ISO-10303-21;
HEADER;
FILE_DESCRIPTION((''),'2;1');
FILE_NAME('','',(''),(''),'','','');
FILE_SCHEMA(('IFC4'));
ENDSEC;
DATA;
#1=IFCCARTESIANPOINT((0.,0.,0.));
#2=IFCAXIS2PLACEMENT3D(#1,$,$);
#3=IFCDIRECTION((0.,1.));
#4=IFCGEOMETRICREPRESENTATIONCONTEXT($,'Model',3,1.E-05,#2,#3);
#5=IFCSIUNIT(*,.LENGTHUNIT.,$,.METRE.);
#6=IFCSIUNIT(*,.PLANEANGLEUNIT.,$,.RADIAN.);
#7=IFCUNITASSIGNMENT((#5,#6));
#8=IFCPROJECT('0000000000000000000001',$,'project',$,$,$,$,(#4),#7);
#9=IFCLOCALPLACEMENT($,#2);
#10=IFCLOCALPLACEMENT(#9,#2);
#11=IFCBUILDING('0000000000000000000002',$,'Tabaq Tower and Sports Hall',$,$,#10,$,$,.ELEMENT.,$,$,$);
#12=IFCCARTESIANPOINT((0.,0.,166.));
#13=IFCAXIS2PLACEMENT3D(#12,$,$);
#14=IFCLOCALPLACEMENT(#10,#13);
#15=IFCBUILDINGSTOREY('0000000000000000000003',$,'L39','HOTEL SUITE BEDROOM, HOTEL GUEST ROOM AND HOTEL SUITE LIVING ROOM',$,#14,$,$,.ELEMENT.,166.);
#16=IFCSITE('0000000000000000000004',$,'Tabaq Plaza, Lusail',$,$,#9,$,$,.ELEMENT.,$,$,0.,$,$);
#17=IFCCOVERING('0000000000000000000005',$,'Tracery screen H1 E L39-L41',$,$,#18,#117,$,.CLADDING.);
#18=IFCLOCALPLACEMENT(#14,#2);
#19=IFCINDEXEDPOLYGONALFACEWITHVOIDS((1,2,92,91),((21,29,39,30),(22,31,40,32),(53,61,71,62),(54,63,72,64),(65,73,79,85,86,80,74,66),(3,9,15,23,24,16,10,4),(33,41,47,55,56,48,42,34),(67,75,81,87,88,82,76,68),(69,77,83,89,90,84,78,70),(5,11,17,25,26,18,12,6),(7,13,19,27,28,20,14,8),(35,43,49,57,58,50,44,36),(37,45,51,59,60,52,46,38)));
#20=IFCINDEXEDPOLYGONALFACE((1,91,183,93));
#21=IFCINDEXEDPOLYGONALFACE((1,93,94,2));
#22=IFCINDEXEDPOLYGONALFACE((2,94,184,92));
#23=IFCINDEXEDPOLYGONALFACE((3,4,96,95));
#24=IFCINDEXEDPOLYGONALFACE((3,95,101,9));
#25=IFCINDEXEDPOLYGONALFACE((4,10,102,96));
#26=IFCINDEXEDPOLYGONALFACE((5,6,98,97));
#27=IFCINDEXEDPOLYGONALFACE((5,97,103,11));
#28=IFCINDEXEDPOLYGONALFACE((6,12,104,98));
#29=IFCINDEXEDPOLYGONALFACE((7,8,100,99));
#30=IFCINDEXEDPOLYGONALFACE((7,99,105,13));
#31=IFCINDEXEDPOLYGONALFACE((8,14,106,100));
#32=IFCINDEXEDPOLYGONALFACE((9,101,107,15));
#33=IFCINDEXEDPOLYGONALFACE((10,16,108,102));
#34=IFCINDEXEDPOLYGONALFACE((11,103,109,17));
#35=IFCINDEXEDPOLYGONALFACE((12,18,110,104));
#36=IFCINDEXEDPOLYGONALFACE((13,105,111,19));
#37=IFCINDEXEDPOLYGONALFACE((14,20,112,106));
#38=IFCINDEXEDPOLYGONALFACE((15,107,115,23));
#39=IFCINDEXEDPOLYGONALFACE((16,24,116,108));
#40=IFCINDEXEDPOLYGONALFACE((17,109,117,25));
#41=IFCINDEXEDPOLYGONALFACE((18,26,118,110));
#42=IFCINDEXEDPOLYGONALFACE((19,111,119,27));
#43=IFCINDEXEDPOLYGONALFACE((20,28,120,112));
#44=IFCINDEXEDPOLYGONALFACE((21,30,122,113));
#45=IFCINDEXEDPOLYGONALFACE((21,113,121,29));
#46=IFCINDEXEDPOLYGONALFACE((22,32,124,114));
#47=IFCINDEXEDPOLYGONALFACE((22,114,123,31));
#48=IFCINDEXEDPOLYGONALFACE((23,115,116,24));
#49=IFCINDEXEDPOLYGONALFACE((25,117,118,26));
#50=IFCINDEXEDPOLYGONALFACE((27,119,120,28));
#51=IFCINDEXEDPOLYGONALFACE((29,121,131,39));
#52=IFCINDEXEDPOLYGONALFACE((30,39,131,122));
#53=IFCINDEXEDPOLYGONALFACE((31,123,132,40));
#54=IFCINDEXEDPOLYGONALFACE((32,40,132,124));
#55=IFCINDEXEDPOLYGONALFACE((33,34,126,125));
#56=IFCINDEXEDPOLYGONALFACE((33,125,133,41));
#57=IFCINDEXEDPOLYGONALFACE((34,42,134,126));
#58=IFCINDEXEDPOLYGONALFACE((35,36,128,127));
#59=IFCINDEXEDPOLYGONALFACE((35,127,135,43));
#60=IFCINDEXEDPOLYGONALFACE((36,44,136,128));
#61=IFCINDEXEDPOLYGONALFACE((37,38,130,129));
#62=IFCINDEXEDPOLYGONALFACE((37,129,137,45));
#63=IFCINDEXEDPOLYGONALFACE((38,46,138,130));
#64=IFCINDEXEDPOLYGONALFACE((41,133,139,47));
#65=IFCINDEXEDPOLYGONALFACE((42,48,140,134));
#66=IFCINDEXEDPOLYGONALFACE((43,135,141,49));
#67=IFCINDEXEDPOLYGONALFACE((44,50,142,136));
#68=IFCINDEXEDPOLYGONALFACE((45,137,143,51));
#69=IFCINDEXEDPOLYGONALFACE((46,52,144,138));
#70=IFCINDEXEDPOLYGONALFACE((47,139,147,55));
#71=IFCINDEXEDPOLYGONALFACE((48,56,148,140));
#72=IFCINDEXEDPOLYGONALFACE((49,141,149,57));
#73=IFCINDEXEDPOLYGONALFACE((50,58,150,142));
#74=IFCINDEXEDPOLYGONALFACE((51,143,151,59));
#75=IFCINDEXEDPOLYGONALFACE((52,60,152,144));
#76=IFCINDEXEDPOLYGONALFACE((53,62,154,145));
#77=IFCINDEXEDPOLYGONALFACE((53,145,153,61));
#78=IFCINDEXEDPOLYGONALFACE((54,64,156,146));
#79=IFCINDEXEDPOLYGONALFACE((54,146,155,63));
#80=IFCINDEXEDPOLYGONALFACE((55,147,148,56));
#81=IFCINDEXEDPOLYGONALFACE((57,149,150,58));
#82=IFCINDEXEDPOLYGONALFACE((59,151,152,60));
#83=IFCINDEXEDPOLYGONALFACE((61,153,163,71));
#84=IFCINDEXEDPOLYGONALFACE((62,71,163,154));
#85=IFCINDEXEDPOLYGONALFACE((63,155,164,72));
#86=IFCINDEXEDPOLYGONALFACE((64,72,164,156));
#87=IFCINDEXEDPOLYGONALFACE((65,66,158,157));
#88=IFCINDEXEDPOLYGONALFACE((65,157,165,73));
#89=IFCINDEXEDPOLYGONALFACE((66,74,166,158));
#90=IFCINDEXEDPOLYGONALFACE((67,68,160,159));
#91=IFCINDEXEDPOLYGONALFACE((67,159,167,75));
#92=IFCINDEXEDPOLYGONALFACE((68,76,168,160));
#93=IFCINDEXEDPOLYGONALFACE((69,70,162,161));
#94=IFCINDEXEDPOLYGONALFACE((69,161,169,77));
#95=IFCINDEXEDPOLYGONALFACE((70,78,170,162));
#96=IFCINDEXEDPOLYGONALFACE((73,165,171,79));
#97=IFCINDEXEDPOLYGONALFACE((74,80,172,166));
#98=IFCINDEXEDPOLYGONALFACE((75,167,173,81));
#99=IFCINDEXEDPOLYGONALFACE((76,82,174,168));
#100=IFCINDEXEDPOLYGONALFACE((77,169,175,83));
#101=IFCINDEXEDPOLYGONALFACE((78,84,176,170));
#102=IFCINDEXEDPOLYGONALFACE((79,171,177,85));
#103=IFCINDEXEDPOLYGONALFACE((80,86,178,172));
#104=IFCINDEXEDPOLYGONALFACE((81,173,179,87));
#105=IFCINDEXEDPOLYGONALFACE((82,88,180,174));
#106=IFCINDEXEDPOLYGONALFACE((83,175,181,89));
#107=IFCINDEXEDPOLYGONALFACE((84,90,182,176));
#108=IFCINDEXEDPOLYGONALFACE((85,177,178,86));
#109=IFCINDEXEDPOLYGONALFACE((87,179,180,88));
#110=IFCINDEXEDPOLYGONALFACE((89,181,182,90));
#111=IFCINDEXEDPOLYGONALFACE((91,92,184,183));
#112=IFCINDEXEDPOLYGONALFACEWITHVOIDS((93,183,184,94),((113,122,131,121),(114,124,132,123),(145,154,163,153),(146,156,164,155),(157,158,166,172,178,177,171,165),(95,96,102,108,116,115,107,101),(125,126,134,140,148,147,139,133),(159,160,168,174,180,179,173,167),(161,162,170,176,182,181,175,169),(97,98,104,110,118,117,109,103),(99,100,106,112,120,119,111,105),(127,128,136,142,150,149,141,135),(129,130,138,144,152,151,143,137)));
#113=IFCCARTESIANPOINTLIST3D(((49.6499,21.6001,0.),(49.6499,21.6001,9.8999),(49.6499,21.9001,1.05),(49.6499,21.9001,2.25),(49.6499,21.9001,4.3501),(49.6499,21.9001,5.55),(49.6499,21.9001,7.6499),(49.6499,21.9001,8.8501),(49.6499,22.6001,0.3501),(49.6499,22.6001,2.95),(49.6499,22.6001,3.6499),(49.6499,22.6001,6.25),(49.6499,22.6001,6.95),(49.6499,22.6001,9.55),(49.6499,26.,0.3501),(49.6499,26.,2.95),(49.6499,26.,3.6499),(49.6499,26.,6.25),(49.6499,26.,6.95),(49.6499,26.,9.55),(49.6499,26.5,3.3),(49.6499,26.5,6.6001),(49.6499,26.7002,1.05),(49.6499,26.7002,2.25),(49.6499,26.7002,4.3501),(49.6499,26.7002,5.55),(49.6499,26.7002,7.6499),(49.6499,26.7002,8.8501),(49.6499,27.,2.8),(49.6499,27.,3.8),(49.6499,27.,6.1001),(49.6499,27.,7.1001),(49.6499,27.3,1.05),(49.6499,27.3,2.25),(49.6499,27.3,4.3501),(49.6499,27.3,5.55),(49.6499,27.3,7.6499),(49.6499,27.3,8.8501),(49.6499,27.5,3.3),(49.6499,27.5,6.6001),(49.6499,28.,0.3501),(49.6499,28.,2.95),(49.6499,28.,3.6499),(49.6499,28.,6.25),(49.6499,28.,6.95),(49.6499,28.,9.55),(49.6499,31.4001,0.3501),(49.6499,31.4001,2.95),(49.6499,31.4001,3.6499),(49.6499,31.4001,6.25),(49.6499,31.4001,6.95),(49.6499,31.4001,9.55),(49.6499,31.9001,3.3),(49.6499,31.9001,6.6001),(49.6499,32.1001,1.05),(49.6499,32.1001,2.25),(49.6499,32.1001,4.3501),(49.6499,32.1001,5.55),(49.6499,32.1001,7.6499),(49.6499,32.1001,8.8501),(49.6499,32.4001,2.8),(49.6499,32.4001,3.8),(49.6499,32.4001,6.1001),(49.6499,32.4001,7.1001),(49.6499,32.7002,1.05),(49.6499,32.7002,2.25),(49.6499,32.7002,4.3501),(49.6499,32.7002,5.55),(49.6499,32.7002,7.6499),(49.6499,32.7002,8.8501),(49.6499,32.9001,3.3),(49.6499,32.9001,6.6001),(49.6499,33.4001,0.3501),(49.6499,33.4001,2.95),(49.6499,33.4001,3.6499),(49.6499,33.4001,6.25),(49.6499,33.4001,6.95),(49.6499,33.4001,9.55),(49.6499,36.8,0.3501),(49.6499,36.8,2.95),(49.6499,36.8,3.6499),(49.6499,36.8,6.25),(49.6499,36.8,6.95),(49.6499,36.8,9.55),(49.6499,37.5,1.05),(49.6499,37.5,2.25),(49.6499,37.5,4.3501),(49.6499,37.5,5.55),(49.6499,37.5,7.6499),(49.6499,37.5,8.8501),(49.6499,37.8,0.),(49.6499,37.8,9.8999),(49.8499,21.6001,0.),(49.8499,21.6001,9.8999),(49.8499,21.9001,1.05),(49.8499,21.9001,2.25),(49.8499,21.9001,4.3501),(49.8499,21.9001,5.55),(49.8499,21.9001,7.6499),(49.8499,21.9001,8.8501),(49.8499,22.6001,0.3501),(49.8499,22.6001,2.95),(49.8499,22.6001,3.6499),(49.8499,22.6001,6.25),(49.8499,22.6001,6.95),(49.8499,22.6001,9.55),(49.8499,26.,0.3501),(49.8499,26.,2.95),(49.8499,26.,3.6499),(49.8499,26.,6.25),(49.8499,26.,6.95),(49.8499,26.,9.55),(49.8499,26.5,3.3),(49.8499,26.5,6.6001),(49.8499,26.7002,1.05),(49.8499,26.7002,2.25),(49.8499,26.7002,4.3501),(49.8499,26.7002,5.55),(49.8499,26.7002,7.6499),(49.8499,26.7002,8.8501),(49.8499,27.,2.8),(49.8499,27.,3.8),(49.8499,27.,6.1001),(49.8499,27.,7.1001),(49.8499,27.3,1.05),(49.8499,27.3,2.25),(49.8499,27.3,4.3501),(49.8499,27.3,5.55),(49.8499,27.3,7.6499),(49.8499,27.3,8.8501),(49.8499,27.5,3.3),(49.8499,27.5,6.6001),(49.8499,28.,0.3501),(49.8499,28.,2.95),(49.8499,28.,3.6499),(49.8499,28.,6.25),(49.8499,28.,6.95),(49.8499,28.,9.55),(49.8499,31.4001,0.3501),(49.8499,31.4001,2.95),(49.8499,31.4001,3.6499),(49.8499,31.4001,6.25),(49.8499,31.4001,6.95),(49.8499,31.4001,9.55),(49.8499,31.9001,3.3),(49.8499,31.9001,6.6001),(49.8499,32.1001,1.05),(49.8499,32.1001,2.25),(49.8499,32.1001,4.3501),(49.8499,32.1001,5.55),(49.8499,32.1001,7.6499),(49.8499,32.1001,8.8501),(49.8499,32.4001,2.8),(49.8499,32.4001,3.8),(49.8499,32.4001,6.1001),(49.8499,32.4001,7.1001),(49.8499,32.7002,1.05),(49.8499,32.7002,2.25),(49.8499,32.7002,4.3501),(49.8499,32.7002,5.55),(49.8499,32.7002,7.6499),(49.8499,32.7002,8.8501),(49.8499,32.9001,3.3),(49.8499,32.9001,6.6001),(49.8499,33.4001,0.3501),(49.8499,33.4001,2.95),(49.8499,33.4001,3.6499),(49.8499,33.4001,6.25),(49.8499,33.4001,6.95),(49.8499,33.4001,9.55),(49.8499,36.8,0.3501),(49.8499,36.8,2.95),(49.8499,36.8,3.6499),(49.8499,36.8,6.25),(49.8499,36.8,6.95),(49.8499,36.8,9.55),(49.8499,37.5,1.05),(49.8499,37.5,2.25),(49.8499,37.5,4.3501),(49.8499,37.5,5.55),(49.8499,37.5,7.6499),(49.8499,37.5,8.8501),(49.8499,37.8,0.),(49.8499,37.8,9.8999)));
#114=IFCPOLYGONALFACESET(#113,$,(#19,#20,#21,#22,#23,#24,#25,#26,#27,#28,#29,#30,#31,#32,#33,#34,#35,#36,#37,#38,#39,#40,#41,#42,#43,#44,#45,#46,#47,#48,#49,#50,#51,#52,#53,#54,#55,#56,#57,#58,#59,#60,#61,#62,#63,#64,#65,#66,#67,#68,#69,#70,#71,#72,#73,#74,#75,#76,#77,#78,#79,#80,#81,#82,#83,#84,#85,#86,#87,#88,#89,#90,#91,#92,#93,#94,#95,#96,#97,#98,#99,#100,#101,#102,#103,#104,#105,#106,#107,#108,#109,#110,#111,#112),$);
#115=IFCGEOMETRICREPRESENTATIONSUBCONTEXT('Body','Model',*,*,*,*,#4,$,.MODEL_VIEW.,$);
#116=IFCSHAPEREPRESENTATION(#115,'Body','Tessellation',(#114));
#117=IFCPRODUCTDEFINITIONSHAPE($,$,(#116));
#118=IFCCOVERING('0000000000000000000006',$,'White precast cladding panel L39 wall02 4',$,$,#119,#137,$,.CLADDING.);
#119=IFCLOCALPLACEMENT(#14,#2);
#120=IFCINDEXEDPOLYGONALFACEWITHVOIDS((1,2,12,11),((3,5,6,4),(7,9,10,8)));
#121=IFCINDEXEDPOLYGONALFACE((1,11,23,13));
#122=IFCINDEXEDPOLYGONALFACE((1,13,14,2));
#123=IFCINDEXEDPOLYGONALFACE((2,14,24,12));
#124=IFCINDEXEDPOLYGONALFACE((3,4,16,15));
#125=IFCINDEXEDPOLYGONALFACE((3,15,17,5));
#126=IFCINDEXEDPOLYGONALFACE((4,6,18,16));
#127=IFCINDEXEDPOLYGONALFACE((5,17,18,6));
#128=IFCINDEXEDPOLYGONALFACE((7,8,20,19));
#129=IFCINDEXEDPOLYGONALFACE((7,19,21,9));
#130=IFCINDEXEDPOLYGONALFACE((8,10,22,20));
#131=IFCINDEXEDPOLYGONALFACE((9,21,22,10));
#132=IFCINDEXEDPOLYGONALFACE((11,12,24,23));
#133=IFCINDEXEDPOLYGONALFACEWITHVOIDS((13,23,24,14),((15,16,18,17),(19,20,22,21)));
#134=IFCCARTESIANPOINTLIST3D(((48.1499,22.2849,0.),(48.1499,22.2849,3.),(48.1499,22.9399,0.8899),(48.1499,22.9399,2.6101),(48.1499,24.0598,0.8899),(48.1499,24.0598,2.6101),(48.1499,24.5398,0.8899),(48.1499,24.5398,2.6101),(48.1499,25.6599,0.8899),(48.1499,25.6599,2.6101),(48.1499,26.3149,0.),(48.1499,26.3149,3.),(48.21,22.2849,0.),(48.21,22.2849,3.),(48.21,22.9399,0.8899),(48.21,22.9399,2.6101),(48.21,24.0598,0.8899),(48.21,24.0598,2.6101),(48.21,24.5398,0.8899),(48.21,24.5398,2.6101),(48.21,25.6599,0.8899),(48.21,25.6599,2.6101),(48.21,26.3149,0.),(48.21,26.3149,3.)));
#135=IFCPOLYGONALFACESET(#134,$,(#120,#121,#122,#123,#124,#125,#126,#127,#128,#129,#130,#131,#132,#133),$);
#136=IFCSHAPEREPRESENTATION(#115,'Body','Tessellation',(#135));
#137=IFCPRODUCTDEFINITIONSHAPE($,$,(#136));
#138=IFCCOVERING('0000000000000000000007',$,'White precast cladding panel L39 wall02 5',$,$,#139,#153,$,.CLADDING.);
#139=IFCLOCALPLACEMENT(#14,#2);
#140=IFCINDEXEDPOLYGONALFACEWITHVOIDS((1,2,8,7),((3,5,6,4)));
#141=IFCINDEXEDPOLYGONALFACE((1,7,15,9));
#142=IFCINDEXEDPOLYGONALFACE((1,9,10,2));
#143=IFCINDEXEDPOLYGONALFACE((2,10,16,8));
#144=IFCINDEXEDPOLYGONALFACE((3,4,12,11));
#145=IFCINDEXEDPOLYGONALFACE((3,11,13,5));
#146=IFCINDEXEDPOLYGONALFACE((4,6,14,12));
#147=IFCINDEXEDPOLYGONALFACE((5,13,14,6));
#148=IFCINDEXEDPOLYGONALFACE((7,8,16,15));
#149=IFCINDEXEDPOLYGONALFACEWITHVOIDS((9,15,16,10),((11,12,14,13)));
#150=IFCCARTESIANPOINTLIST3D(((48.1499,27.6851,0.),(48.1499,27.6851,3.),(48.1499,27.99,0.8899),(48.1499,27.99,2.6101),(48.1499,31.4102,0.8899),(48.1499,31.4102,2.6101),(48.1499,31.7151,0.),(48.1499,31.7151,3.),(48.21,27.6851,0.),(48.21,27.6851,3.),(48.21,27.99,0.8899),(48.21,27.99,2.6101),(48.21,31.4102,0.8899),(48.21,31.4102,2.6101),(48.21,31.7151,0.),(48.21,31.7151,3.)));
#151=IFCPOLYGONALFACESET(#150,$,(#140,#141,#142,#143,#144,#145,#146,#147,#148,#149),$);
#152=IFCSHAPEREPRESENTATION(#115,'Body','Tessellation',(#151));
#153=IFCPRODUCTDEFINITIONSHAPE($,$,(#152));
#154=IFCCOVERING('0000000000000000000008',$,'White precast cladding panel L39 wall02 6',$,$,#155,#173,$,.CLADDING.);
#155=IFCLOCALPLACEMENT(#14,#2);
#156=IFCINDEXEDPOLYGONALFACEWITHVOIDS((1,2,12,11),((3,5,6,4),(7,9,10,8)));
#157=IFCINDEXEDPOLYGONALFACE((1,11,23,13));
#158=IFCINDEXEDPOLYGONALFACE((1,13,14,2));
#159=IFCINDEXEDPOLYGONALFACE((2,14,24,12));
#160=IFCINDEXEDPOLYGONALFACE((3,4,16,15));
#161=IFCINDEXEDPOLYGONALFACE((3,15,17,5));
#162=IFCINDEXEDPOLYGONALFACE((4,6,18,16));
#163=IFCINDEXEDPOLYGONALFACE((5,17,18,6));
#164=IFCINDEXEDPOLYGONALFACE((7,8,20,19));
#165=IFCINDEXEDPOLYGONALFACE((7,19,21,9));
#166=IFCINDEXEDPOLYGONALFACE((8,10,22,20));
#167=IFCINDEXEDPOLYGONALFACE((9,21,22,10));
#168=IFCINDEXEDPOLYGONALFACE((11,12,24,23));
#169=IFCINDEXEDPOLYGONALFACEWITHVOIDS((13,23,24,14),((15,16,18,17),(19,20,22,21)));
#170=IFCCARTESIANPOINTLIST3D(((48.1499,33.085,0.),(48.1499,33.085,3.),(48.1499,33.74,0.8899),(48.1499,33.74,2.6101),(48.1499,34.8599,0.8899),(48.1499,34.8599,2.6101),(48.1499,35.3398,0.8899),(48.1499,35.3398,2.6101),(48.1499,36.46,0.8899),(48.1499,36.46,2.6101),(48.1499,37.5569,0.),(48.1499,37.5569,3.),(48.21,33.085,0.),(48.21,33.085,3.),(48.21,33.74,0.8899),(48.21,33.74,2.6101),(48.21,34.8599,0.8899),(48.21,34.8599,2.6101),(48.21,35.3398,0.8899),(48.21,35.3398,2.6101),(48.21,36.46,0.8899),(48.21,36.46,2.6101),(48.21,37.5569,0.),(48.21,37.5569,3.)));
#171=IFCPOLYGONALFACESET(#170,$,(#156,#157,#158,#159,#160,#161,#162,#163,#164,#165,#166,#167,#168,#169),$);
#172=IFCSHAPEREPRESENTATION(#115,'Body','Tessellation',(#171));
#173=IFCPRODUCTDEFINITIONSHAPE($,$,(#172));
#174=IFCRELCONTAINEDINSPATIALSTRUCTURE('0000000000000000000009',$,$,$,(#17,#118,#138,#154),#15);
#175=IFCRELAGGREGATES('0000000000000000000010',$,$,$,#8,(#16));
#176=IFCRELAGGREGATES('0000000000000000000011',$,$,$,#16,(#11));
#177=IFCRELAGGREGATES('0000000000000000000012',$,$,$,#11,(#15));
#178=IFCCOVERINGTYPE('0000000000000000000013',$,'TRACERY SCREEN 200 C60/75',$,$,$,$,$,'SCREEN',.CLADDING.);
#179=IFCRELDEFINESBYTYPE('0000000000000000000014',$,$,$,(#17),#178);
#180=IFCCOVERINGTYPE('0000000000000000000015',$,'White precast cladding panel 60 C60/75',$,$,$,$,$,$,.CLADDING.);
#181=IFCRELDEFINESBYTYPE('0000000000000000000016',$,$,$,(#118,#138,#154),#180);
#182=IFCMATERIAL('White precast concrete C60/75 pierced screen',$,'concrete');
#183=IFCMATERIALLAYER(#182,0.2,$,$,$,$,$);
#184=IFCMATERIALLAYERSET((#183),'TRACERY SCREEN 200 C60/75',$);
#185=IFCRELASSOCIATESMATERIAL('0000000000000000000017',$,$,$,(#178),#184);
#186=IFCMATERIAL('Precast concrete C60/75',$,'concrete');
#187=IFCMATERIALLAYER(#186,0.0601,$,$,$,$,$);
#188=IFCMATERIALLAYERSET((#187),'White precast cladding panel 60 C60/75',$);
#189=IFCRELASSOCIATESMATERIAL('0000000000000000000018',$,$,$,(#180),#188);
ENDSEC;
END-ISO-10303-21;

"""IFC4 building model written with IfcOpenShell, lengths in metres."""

from ifc_helpers import new_model, si_unit, direction, frame, origin, place, context, subcontext, project, spatial, polyline, outline, extrude, material, layer, layer_set, type_object, element, save


model = new_model("IFC4")

# Units and contexts
model_context = context("Model", 3, precision=1e-05, world=origin(), true_north=direction((0.0, 1.0)))
body_context = subcontext(model_context, "Body", "Model", "MODEL_VIEW")
ifc_project = project(units=[si_unit("LENGTHUNIT", "METRE"), si_unit("PLANEANGLEUNIT", "RADIAN")], contexts=[model_context])

# Site, building, storey
site_placement = place(None, origin())
site = spatial("IfcSite", under=ifc_project, at=site_placement, Name="Tabaq Plaza, Lusail", CompositionType="ELEMENT", RefElevation=0.0)
building_placement = place(site_placement, origin())
building = spatial("IfcBuilding", under=site, at=building_placement, Name="Tabaq Tower and Sports Hall", CompositionType="ELEMENT")
storey_placement = place(building_placement, frame((0.0, 0.0, 166.0)))
storey = spatial("IfcBuildingStorey", under=building, at=storey_placement, Name="L39", Description="HOTEL SUITE BEDROOM, HOTEL GUEST ROOM AND HOTEL SUITE LIVING ROOM", CompositionType="ELEMENT", Elevation=166.0)

# Coverings
ifc_material_1 = material(Name="White precast concrete C60/75 pierced screen", Category="concrete")
ifc_layer_1 = layer(ifc_material_1, 0.2)
ifc_layer_set_1 = layer_set([ifc_layer_1], Name="TRACERY SCREEN 200 C60/75")
covering_type_1 = type_object("IfcCoveringType", Name="TRACERY SCREEN 200 C60/75", ElementType="SCREEN", PredefinedType="CLADDING", material=ifc_layer_set_1)
covering_1_placement = place(storey_placement, frame((49.75, 21.6001, 0.0), z_axis=(0.0, 0.0, 1.0), x_axis=(0.0, 1.0, 0.0)))
element("IfcCovering", 1, at=covering_1_placement, inside=storey, type_object=covering_type_1, Name="Tracery screen H1 E L39-L41", PredefinedType="CLADDING", context=body_context, shape_type="SweptSolid", body=[
    extrude(outline(polyline([(0.0, 0.0), (16.2, 0.0), (16.2, 9.8999), (0.0, 9.8999), (0.0, 0.0)]), holes=[polyline([(1.0, 0.3501), (4.3999, 0.3501), (5.1001, 1.05), (5.1001, 2.25), (4.3999, 2.95), (1.0, 2.95), (0.3, 2.25), (0.3, 1.05), (1.0, 0.3501)]), polyline([(6.3999, 0.3501), (9.8, 0.3501), (10.5, 1.05), (10.5, 2.25), (9.8, 2.95), (6.3999, 2.95), (5.7, 2.25), (5.7, 1.05), (6.3999, 0.3501)]), polyline([(11.8, 0.3501), (15.2, 0.3501), (15.8999, 1.05), (15.8999, 2.25), (15.2, 2.95), (11.8, 2.95), (11.1001, 2.25), (11.1001, 1.05), (11.8, 0.3501)]), polyline([(1.0, 3.6499), (4.3999, 3.6499), (5.1001, 4.3501), (5.1001, 5.55), (4.3999, 6.25), (1.0, 6.25), (0.3, 5.55), (0.3, 4.3501), (1.0, 3.6499)]), polyline([(6.3999, 3.6499), (9.8, 3.6499), (10.5, 4.3501), (10.5, 5.55), (9.8, 6.25), (6.3999, 6.25), (5.7, 5.55), (5.7, 4.3501), (6.3999, 3.6499)]), polyline([(11.8, 3.6499), (15.2, 3.6499), (15.8999, 4.3501), (15.8999, 5.55), (15.2, 6.25), (11.8, 6.25), (11.1001, 5.55), (11.1001, 4.3501), (11.8, 3.6499)]), polyline([(1.0, 6.95), (4.3999, 6.95), (5.1001, 7.6499), (5.1001, 8.8501), (4.3999, 9.55), (1.0, 9.55), (0.3, 8.8501), (0.3, 7.6499), (1.0, 6.95)]), polyline([(6.3999, 6.95), (9.8, 6.95), (10.5, 7.6499), (10.5, 8.8501), (9.8, 9.55), (6.3999, 9.55), (5.7, 8.8501), (5.7, 7.6499), (6.3999, 6.95)]), polyline([(11.8, 6.95), (15.2, 6.95), (15.8999, 7.6499), (15.8999, 8.8501), (15.2, 9.55), (11.8, 9.55), (11.1001, 8.8501), (11.1001, 7.6499), (11.8, 6.95)]), polyline([(5.8999, 3.3), (5.3999, 3.8), (4.8999, 3.3), (5.3999, 2.8), (5.8999, 3.3)]), polyline([(11.3, 3.3), (10.8, 3.8), (10.3, 3.3), (10.8, 2.8), (11.3, 3.3)]), polyline([(5.8999, 6.6001), (5.3999, 7.1001), (4.8999, 6.6001), (5.3999, 6.1001), (5.8999, 6.6001)]), polyline([(11.3, 6.6001), (10.8, 7.1001), (10.3, 6.6001), (10.8, 6.1001), (11.3, 6.6001)])]), frame((0.0, 0.1001, 0.0), z_axis=(0.0, -1.0, 0.0), x_axis=(1.0, 0.0, 0.0)), (0.0, 0.0, 1.0), 0.2),
])
ifc_material_2 = material(Name="Precast concrete C60/75", Category="concrete")
ifc_layer_2 = layer(ifc_material_2, 0.0601)
ifc_layer_set_2 = layer_set([ifc_layer_2], Name="White precast cladding panel 60 C60/75")
covering_type_2 = type_object("IfcCoveringType", Name="White precast cladding panel 60 C60/75", PredefinedType="CLADDING", material=ifc_layer_set_2)
covering_2_placement = place(storey_placement, frame((48.1799, 22.2849, 0.0), z_axis=(0.0, 0.0, 1.0), x_axis=(0.0, 1.0, 0.0)))
element("IfcCovering", 2, at=covering_2_placement, inside=storey, type_object=covering_type_2, Name="White precast cladding panel L39 wall02 4", PredefinedType="CLADDING", context=body_context, shape_type="SweptSolid", body=[
    extrude(outline(polyline([(0.0, 0.0), (4.03, 0.0), (4.03, 3.0), (0.0, 3.0), (0.0, 0.0)]), holes=[polyline([(0.655, 2.6101), (1.7749, 2.6101), (1.7749, 0.8899), (0.655, 0.8899), (0.655, 2.6101)]), polyline([(2.2549, 2.6101), (3.375, 2.6101), (3.375, 0.8899), (2.2549, 0.8899), (2.2549, 2.6101)])]), frame((0.0, 0.03, 0.0), z_axis=(0.0, -1.0, 0.0), x_axis=(1.0, 0.0, 0.0)), (0.0, 0.0, 1.0), 0.0601),
])
covering_3_placement = place(storey_placement, frame((48.1799, 27.6851, 0.0), z_axis=(0.0, 0.0, 1.0), x_axis=(0.0, 1.0, 0.0)))
element("IfcCovering", 3, at=covering_3_placement, inside=storey, type_object=covering_type_2, Name="White precast cladding panel L39 wall02 5", PredefinedType="CLADDING", context=body_context, shape_type="SweptSolid", body=[
    extrude(outline(polyline([(0.0, 0.0), (4.03, 0.0), (4.03, 3.0), (0.0, 3.0), (0.0, 0.0)]), holes=[polyline([(0.3049, 0.8899), (0.3049, 2.6101), (3.7251, 2.6101), (3.7251, 0.8899), (0.3049, 0.8899)])]), frame((0.0, 0.03, 0.0), z_axis=(0.0, -1.0, 0.0), x_axis=(1.0, 0.0, 0.0)), (0.0, 0.0, 1.0), 0.0601),
])
covering_4_placement = place(storey_placement, frame((48.1799, 33.085, 0.0), z_axis=(0.0, 0.0, 1.0), x_axis=(0.0, 1.0, 0.0)))
element("IfcCovering", 4, at=covering_4_placement, inside=storey, type_object=covering_type_2, Name="White precast cladding panel L39 wall02 6", PredefinedType="CLADDING", context=body_context, shape_type="SweptSolid", body=[
    extrude(outline(polyline([(0.0, 0.0), (4.4719, 0.0), (4.4719, 3.0), (0.0, 3.0), (0.0, 0.0)]), holes=[polyline([(0.655, 2.6101), (1.7749, 2.6101), (1.7749, 0.8899), (0.655, 0.8899), (0.655, 2.6101)]), polyline([(2.2549, 2.6101), (3.375, 2.6101), (3.375, 0.8899), (2.2549, 0.8899), (2.2549, 2.6101)])]), frame((0.0, 0.03, 0.0), z_axis=(0.0, -1.0, 0.0), x_axis=(1.0, 0.0, 0.0)), (0.0, 0.0, 1.0), 0.0601),
])

save(model, "model.ifc")
